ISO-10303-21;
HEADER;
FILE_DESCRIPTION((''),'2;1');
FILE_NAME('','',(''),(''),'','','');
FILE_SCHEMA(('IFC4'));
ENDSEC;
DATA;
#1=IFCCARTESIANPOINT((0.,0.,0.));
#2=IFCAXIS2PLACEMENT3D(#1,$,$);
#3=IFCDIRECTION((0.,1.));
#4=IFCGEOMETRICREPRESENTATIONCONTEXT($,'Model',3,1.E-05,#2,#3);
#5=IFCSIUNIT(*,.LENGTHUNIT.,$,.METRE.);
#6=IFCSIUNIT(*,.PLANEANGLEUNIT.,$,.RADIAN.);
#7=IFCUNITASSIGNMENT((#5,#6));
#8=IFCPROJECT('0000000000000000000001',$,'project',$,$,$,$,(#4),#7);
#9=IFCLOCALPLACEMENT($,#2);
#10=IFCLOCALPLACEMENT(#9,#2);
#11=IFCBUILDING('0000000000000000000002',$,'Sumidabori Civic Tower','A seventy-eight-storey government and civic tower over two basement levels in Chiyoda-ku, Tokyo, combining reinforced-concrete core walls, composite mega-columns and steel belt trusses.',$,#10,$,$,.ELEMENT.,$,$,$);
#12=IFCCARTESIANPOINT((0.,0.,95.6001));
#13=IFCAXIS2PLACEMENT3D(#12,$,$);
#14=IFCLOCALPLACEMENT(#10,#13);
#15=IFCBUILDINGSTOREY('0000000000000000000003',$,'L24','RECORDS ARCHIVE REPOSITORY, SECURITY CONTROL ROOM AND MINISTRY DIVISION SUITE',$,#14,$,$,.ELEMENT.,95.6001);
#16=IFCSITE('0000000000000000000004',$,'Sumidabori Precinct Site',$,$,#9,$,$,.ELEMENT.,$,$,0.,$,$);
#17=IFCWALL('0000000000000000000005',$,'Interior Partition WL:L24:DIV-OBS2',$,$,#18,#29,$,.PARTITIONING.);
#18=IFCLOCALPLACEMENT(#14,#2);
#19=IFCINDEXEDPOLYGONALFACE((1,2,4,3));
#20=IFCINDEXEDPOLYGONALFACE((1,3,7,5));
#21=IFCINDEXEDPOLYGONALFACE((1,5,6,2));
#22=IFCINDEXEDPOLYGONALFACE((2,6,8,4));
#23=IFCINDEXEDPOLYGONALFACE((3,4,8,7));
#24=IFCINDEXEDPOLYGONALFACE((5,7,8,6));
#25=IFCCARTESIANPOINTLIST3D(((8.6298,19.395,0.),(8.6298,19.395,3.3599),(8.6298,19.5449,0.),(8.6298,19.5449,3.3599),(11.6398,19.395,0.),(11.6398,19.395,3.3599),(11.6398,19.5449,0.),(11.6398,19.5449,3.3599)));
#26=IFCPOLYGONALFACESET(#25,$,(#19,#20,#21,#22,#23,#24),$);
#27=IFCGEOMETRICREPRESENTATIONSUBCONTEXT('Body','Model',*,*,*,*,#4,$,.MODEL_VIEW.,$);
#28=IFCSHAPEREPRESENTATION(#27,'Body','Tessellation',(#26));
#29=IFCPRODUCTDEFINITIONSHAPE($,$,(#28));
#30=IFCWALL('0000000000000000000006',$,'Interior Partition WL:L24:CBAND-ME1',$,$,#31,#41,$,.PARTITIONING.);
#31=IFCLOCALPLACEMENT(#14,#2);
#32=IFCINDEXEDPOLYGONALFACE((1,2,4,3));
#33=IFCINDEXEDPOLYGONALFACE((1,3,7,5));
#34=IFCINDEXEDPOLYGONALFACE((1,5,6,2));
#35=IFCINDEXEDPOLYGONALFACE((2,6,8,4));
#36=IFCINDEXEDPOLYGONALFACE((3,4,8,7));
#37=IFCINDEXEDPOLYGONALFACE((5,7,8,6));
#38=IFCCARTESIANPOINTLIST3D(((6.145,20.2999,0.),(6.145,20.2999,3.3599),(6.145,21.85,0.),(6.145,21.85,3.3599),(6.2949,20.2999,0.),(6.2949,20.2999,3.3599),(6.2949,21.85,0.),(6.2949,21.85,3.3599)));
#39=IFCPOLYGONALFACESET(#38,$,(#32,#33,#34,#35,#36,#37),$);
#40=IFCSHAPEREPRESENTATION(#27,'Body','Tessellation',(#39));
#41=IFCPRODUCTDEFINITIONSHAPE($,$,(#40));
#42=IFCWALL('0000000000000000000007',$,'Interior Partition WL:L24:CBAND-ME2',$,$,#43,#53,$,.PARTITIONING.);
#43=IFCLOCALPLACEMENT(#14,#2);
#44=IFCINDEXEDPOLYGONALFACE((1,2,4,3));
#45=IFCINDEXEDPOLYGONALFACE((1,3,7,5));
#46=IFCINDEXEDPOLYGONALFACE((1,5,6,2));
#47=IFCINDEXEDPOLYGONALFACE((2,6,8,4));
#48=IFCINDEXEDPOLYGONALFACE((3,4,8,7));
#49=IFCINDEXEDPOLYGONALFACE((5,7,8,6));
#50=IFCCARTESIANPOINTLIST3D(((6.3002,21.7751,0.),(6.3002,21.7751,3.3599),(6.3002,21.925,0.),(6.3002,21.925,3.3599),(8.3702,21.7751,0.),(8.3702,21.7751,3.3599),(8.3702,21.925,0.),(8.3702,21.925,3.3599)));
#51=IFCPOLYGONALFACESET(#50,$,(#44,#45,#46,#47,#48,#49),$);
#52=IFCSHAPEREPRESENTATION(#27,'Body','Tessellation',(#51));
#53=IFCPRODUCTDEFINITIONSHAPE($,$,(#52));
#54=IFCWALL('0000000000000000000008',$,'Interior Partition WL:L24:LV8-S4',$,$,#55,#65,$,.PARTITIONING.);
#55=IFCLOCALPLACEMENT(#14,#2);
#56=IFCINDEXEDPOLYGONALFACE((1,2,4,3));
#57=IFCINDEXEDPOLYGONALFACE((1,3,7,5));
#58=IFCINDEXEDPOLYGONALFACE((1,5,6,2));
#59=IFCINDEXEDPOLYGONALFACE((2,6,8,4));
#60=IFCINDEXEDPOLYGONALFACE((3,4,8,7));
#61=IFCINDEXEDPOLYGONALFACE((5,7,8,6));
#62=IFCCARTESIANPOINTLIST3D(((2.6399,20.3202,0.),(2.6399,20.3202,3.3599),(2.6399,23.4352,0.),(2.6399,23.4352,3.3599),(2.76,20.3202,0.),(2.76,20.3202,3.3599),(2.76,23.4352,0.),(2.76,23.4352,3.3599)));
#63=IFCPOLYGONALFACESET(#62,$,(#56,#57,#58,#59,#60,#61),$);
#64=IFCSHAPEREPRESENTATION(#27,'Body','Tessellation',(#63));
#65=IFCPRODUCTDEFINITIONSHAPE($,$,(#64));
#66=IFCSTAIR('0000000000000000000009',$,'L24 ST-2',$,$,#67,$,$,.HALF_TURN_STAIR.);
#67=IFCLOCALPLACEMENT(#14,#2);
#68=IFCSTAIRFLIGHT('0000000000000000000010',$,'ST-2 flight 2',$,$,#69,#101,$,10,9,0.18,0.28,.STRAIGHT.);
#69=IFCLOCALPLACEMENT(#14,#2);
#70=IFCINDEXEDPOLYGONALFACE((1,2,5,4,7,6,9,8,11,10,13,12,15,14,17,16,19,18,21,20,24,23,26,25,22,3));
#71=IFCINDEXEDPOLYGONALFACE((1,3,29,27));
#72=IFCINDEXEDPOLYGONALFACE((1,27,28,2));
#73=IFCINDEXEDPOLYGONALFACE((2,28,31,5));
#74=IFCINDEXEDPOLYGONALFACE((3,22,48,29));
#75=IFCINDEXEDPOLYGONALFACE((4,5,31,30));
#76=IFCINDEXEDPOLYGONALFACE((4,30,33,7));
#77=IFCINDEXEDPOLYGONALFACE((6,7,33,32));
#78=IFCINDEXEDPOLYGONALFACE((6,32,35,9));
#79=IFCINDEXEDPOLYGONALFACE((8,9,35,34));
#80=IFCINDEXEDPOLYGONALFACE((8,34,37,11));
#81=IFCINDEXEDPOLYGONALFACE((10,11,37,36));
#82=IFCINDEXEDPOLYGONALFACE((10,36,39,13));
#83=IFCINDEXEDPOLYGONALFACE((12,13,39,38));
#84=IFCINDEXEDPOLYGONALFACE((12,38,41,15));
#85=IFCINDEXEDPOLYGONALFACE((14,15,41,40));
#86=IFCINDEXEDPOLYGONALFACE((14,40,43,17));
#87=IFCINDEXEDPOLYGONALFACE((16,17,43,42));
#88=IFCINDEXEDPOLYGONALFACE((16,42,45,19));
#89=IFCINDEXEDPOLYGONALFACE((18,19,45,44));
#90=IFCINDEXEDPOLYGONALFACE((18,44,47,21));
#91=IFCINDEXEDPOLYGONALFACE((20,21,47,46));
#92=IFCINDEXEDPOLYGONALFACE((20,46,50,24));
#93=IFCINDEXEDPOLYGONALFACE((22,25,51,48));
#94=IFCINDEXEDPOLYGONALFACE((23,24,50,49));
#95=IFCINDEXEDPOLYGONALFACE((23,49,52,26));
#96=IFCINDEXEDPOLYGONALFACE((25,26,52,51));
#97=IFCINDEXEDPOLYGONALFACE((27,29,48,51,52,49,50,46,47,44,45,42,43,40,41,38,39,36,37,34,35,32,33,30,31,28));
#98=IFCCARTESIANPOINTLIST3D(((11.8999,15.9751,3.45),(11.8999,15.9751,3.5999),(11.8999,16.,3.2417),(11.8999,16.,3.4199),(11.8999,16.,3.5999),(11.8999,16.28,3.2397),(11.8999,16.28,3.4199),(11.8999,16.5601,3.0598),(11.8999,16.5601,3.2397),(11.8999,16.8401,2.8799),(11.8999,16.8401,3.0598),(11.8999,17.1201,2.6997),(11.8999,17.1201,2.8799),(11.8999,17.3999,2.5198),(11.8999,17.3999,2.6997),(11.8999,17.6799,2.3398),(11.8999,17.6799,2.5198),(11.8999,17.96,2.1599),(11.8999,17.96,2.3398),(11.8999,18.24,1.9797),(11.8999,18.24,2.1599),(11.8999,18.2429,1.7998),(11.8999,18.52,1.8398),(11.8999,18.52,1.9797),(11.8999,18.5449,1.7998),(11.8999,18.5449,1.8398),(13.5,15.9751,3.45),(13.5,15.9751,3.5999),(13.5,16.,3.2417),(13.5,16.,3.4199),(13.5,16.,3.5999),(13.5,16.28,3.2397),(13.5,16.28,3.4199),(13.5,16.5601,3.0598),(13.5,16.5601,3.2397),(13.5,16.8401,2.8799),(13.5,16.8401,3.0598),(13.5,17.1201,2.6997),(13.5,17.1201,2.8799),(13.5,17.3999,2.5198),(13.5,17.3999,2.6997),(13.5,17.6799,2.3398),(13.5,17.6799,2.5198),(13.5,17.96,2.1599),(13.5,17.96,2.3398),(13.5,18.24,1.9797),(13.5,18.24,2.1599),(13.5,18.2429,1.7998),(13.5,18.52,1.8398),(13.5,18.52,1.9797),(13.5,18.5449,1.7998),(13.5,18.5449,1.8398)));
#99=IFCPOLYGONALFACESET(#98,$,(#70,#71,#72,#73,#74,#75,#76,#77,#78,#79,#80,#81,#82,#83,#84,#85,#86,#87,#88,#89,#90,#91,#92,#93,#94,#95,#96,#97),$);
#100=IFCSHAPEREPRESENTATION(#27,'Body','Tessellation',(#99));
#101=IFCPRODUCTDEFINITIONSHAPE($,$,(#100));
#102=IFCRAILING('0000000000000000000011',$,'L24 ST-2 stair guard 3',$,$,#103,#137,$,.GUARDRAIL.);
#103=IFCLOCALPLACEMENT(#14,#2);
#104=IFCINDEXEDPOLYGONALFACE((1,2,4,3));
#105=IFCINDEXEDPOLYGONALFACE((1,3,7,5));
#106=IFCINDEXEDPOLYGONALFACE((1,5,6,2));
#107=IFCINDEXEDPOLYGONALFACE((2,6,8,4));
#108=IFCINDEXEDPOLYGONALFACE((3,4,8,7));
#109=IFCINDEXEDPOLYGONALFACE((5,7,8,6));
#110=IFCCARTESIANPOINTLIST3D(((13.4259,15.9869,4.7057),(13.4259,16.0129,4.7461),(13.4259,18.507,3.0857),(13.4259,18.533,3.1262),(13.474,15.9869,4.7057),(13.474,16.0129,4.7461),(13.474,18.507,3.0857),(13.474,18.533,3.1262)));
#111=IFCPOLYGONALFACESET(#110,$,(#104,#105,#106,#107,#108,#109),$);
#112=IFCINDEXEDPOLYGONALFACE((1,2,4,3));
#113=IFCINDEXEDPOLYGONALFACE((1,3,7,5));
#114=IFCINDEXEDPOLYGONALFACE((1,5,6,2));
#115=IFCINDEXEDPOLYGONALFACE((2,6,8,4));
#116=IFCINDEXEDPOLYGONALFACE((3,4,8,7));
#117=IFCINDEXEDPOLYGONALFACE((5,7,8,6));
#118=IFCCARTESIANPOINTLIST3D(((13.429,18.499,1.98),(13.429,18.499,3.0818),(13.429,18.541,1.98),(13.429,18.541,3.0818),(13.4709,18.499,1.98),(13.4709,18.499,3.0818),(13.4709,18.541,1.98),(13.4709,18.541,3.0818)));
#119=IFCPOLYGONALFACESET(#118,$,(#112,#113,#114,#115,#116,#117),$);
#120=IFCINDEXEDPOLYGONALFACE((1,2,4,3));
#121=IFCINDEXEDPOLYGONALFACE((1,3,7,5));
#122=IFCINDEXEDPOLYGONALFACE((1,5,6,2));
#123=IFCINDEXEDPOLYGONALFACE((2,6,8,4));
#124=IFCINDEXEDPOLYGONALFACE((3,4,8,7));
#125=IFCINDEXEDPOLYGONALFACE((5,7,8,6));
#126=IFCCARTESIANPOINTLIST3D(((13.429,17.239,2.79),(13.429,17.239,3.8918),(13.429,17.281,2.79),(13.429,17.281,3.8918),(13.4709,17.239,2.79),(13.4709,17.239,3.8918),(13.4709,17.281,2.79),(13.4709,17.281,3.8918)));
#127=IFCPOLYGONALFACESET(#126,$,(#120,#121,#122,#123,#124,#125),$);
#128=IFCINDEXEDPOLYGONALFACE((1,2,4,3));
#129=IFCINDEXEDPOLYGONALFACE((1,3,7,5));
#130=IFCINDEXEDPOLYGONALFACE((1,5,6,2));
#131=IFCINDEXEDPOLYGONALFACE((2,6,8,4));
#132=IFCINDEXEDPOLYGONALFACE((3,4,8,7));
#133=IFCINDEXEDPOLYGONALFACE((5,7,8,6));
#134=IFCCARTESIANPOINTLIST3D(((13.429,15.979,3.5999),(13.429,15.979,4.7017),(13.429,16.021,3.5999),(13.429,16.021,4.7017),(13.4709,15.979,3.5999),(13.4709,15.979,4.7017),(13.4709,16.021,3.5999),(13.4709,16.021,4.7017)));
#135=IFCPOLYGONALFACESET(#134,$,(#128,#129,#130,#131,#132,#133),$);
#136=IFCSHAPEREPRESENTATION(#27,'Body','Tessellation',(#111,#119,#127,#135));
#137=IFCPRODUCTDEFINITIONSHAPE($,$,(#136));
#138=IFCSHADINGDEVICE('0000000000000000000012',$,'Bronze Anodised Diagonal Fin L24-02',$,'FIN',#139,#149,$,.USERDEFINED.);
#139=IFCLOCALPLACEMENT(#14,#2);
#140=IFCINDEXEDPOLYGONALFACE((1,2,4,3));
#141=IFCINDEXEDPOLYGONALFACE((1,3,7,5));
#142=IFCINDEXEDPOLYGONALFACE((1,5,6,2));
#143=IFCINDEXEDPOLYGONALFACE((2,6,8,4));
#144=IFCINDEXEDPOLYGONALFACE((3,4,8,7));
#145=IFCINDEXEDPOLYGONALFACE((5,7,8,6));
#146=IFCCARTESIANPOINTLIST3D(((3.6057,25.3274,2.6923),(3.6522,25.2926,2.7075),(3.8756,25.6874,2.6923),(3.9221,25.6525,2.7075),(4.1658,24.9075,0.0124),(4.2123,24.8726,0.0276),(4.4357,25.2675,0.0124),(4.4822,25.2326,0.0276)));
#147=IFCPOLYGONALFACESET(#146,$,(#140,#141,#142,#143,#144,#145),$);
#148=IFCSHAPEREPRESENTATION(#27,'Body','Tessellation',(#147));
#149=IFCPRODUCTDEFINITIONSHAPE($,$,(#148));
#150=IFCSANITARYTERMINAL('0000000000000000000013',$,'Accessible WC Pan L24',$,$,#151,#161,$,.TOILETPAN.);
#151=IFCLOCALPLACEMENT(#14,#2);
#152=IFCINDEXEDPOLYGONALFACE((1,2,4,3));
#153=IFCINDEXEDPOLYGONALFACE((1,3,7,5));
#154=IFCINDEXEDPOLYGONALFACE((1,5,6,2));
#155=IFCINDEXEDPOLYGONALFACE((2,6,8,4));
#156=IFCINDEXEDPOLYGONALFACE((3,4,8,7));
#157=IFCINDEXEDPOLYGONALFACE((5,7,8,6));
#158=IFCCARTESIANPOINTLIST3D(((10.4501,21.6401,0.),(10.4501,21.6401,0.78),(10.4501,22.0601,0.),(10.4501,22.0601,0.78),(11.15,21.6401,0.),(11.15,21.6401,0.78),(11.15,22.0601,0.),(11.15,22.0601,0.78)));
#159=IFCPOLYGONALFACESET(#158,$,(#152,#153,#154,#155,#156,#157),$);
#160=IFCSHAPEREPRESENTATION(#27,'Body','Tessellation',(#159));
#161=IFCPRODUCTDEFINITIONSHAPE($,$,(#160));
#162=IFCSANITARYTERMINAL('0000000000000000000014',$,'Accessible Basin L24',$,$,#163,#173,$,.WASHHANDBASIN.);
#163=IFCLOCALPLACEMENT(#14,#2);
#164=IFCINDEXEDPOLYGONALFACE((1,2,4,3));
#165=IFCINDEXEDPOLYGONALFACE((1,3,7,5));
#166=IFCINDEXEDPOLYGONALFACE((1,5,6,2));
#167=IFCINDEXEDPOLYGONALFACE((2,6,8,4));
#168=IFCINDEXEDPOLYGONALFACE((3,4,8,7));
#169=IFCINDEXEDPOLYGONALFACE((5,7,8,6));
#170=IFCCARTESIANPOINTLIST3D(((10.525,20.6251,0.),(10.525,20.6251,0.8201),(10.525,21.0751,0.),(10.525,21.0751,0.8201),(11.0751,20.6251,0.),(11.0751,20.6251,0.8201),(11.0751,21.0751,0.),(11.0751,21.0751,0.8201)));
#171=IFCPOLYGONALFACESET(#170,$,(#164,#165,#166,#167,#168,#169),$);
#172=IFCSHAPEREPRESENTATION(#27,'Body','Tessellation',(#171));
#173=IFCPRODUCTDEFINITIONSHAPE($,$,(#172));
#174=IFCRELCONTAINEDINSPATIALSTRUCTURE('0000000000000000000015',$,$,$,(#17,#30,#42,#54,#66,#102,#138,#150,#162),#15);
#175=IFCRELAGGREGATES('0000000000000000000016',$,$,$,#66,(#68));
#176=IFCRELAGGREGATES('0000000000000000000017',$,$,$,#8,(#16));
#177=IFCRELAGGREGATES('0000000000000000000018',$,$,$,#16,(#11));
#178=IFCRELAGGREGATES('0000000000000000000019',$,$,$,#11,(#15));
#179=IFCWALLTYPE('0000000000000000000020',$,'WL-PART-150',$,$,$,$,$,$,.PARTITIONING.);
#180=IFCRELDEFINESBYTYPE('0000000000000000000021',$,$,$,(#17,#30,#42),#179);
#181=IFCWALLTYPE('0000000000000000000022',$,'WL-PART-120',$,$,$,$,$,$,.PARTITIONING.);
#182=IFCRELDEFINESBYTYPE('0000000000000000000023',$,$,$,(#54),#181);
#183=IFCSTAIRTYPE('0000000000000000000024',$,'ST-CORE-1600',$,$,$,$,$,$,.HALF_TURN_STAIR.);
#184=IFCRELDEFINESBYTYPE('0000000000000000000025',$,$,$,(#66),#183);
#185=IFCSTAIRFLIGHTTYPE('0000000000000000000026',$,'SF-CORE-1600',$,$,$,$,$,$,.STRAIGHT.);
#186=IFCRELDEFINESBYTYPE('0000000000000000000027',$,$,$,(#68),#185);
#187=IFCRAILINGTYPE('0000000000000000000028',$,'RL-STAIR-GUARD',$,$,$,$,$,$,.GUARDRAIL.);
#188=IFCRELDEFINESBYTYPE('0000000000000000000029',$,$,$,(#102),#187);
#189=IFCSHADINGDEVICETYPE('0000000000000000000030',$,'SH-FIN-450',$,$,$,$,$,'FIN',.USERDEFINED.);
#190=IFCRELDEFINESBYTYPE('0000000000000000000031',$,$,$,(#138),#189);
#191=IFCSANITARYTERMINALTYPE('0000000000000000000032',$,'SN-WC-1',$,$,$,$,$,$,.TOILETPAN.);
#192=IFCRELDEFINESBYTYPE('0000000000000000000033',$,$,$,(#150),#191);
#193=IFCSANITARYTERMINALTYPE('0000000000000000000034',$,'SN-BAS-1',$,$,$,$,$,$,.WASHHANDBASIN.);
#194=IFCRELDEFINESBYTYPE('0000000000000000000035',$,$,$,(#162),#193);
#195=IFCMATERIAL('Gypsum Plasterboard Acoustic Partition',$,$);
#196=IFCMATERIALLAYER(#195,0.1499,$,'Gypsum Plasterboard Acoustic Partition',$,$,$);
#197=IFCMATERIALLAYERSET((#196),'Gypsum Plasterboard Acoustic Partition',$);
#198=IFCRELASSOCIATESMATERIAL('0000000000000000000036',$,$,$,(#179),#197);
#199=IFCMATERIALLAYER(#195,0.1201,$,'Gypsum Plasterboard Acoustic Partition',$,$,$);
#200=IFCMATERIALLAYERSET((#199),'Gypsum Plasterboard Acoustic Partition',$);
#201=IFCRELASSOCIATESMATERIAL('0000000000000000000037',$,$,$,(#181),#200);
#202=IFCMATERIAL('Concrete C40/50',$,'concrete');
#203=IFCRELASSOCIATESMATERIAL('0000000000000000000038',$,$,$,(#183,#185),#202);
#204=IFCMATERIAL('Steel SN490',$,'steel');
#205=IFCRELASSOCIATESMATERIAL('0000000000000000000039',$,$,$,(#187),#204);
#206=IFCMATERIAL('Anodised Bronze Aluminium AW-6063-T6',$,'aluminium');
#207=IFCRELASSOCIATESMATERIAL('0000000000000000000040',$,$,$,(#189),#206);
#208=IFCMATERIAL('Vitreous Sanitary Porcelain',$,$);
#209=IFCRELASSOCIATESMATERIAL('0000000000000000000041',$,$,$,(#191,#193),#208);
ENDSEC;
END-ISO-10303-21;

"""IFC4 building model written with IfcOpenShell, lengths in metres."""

from ifc_helpers import new_model, si_unit, direction, frame, frame_2d, origin, origin_2d, place, context, subcontext, project, spatial, polyline, rectangle, outline, extrude, source, transform, mapped, material, layer, layer_set, material_profile, profile_set, type_object, element, aggregate, save


model = new_model("IFC4")

# Units and contexts
model_context = context("Model", 3, precision=1e-05, world=origin(), true_north=direction((0.0, 1.0)))
body_context = subcontext(model_context, "Body", "Model", "MODEL_VIEW")
ifc_project = project(units=[si_unit("LENGTHUNIT", "METRE"), si_unit("PLANEANGLEUNIT", "RADIAN")], contexts=[model_context])

# Site, building, storey
site_placement = place(None, origin())
site = spatial("IfcSite", under=ifc_project, at=site_placement, Name="Sumidabori Precinct Site", CompositionType="ELEMENT", RefElevation=0.0)
building_placement = place(site_placement, origin())
building = spatial("IfcBuilding", under=site, at=building_placement, Name="Sumidabori Civic Tower", Description="A seventy-eight-storey government and civic tower over two basement levels in Chiyoda-ku, Tokyo, combining reinforced-concrete core walls, composite mega-columns and steel belt trusses.", CompositionType="ELEMENT")
storey_placement = place(building_placement, frame((0.0, 0.0, 95.6001)))
storey = spatial("IfcBuildingStorey", under=building, at=storey_placement, Name="L24", Description="RECORDS ARCHIVE REPOSITORY, SECURITY CONTROL ROOM AND MINISTRY DIVISION SUITE", CompositionType="ELEMENT", Elevation=95.6001)

# Shared definitions
ifc_material_1 = material(Name="Steel SN490", Category="steel")

# Shared definitions
ifc_material_2 = material(Name="Anodised Bronze Aluminium AW-6063-T6", Category="aluminium")

# Walls
ifc_material_3 = material(Name="Gypsum Plasterboard Acoustic Partition")
ifc_layer_1 = layer(ifc_material_3, 0.1499, Name="Gypsum Plasterboard Acoustic Partition")
ifc_layer_set_1 = layer_set([ifc_layer_1], Name="Gypsum Plasterboard Acoustic Partition")
wall_type_1 = type_object("IfcWallType", Name="WL-PART-150", PredefinedType="PARTITIONING", material=ifc_layer_set_1)
shared_shape_1 = source(origin(), body_context, "Body", "SweptSolid", [
    extrude(rectangle(XDim=3.01, YDim=0.1499, at=frame_2d((1.5049, 0.0))), origin(), (0.0, 0.0, 1.0), 3.3599),
])
wall_1_placement = place(storey_placement, frame((8.6299, 19.47, 0.0), z_axis=(0.0, 0.0, 1.0), x_axis=(1.0, 0.0, 0.0)))
element("IfcWall", 1, at=wall_1_placement, inside=storey, type_object=wall_type_1, Name="Interior Partition WL:L24:DIV-OBS2", PredefinedType="PARTITIONING", context=body_context, shape_type="MappedRepresentation", body=[
    mapped(shared_shape_1, transform((0.0, 0.0, 0.0), x_axis=(1.0, 0.0, 0.0), y_axis=(0.0, 1.0, 0.0), z_axis=(0.0, 0.0, 1.0), scale=1.0)),
])
shared_shape_2 = source(origin(), body_context, "Body", "SweptSolid", [
    extrude(rectangle(XDim=1.55, YDim=0.1499, at=frame_2d((0.7749, 0.0))), origin(), (0.0, 0.0, 1.0), 3.3599),
])
wall_2_placement = place(storey_placement, frame((6.22, 20.3, 0.0), z_axis=(0.0, 0.0, 1.0), x_axis=(0.0, 1.0, 0.0)))
element("IfcWall", 2, at=wall_2_placement, inside=storey, type_object=wall_type_1, Name="Interior Partition WL:L24:CBAND-ME1", PredefinedType="PARTITIONING", context=body_context, shape_type="MappedRepresentation", body=[
    mapped(shared_shape_2, transform((0.0, 0.0, 0.0), x_axis=(1.0, 0.0, 0.0), y_axis=(0.0, 1.0, 0.0), z_axis=(0.0, 0.0, 1.0), scale=1.0)),
])
shared_shape_3 = source(origin(), body_context, "Body", "SweptSolid", [
    extrude(rectangle(XDim=2.0701, YDim=0.1499, at=frame_2d((1.0352, 0.0))), origin(), (0.0, 0.0, 1.0), 3.3599),
])
wall_3_placement = place(storey_placement, frame((6.3, 21.8501, 0.0), z_axis=(0.0, 0.0, 1.0), x_axis=(1.0, 0.0, 0.0)))
element("IfcWall", 3, at=wall_3_placement, inside=storey, type_object=wall_type_1, Name="Interior Partition WL:L24:CBAND-ME2", PredefinedType="PARTITIONING", context=body_context, shape_type="MappedRepresentation", body=[
    mapped(shared_shape_3, transform((0.0, 0.0, 0.0), x_axis=(1.0, 0.0, 0.0), y_axis=(0.0, 1.0, 0.0), z_axis=(0.0, 0.0, 1.0), scale=1.0)),
])
ifc_layer_2 = layer(ifc_material_3, 0.1201, Name="Gypsum Plasterboard Acoustic Partition")
ifc_layer_set_2 = layer_set([ifc_layer_2], Name="Gypsum Plasterboard Acoustic Partition")
wall_type_2 = type_object("IfcWallType", Name="WL-PART-120", PredefinedType="PARTITIONING", material=ifc_layer_set_2)
shared_shape_4 = source(origin(), body_context, "Body", "SweptSolid", [
    extrude(rectangle(XDim=3.115, YDim=0.1201, at=frame_2d((1.5576, 0.0))), origin(), (0.0, 0.0, 1.0), 3.3599),
])
wall_4_placement = place(storey_placement, frame((2.7, 20.3201, 0.0), z_axis=(0.0, 0.0, 1.0), x_axis=(0.0, 1.0, 0.0)))
element("IfcWall", 4, at=wall_4_placement, inside=storey, type_object=wall_type_2, Name="Interior Partition WL:L24:LV8-S4", PredefinedType="PARTITIONING", context=body_context, shape_type="MappedRepresentation", body=[
    mapped(shared_shape_4, transform((0.0, 0.0, 0.0), x_axis=(1.0, 0.0, 0.0), y_axis=(0.0, 1.0, 0.0), z_axis=(0.0, 0.0, 1.0), scale=1.0)),
])

# Stair, stair flight
ifc_material_4 = material(Name="Concrete C40/50", Category="concrete")
stair_type = type_object("IfcStairType", Name="ST-CORE-1600", PredefinedType="HALF_TURN_STAIR", material=ifc_material_4)
stair_placement = place(storey_placement, origin())
stair = element("IfcStair", 5, at=stair_placement, inside=storey, type_object=stair_type, Name="L24 ST-2", PredefinedType="HALF_TURN_STAIR")
stair_flight_type = type_object("IfcStairFlightType", Name="SF-CORE-1600", PredefinedType="STRAIGHT", material=ifc_material_4)
shared_shape_5 = source(origin(), body_context, "Body", "SweptSolid", [
    extrude(outline(polyline([(-0.0249, 0.0), (-0.0249, 0.04), (0.0, 0.04), (0.0, 0.1799), (0.28, 0.1799), (0.28, 0.3601), (0.5601, 0.3601), (0.5601, 0.54), (0.8401, 0.54), (0.8401, 0.72), (1.1201, 0.72), (1.1201, 0.8999), (1.3999, 0.8999), (1.3999, 1.0801), (1.6799, 1.0801), (1.6799, 1.26), (1.96, 1.26), (1.96, 1.4399), (2.24, 1.4399), (2.24, 1.6201), (2.52, 1.6201), (2.52, 1.8), (2.5449, 1.8), (2.5449, 1.6501), (2.52, 1.4419), (0.2771, 0.0), (-0.0249, 0.0)])), frame((0.0, 0.8, 0.0), z_axis=(0.0, -1.0, 0.0), x_axis=(1.0, 0.0, 0.0)), (0.0, 0.0, 1.0), 1.6001),
])
stair_flight_placement = place(storey_placement, frame((12.7, 18.52, 1.7998), z_axis=(0.0, 0.0, 1.0), x_axis=(0.0, -1.0, 0.0)))
stair_flight = element("IfcStairFlight", 6, at=stair_flight_placement, type_object=stair_flight_type, Name="ST-2 flight 2", NumberOfRisers=10, NumberOfTreads=9, PredefinedType="STRAIGHT", RiserHeight=0.18, TreadLength=0.28, context=body_context, shape_type="MappedRepresentation", body=[
    mapped(shared_shape_5, transform((0.0, 0.0, 0.0), x_axis=(1.0, 0.0, 0.0), y_axis=(0.0, 1.0, 0.0), z_axis=(0.0, 0.0, 1.0), scale=1.0)),
])
aggregate(stair, [stair_flight])

# Railing
railing_type = type_object("IfcRailingType", Name="RL-STAIR-GUARD", PredefinedType="GUARDRAIL", material=ifc_material_1)
railing_placement = place(storey_placement, frame((13.45, 18.52, 1.98)))
element("IfcRailing", 7, at=railing_placement, inside=storey, type_object=railing_type, Name="L24 ST-2 stair guard 3", PredefinedType="GUARDRAIL", context=body_context, shape_type="SweptSolid", body=[
    extrude(rectangle(XDim=0.0481, YDim=0.0481, at=origin_2d()), frame((0.0, 0.0, 1.126), z_axis=(0.0, -0.8412, 0.540725), x_axis=(1.0, 0.0, 0.0)), (0.0, 0.0, 1.0), 2.9958),
    extrude(rectangle(XDim=0.042, YDim=0.042, at=origin_2d()), origin(), (0.0, 0.0, 1.0), 1.1018),
    extrude(rectangle(XDim=0.042, YDim=0.042, at=origin_2d()), frame((0.0, -1.26, 0.8101)), (0.0, 0.0, 1.0), 1.1018),
    extrude(rectangle(XDim=0.042, YDim=0.042, at=origin_2d()), frame((0.0, -2.52, 1.6199)), (0.0, 0.0, 1.0), 1.1018),
])

# Shading device
ifc_material_profile_1 = material_profile(ifc_material_2, rectangle(XDim=0.0601, YDim=0.45, at=origin_2d()), Name="BRONZE FIN 450x60")
ifc_profile_set_1 = profile_set([ifc_material_profile_1], Name="Anodised Bronze Aluminium AW-6063-T6")
shading_device_type = type_object("IfcShadingDeviceType", Name="SH-FIN-450", ElementType="FIN", PredefinedType="USERDEFINED", material=ifc_profile_set_1)
shared_shape_6 = source(origin(), body_context, "Body", "SweptSolid", [
    extrude(rectangle(XDim=0.0601, YDim=0.45, at=origin_2d()), origin(), (0.0, 0.0, 1.0), 2.7698),
])
shading_device_placement = place(storey_placement, frame((4.324, 25.0701, 0.02), z_axis=(-0.202199, 0.151605, 0.967539), x_axis=(0.774112, -0.580415, 0.252722)))
element("IfcShadingDevice", 8, at=shading_device_placement, inside=storey, type_object=shading_device_type, Name="Bronze Anodised Diagonal Fin L24-02", ObjectType="FIN", PredefinedType="USERDEFINED", context=body_context, shape_type="MappedRepresentation", body=[
    mapped(shared_shape_6, transform((0.0, 0.0, 0.0), x_axis=(1.0, 0.0, 0.0), y_axis=(0.0, 1.0, 0.0), z_axis=(0.0, 0.0, 1.0), scale=1.0)),
])

# Sanitary terminals
ifc_material_5 = material(Name="Vitreous Sanitary Porcelain")
sanitary_terminal_type_1 = type_object("IfcSanitaryTerminalType", Name="SN-WC-1", PredefinedType="TOILETPAN", material=ifc_material_5)
shared_shape_7 = source(origin(), body_context, "Body", "SweptSolid", [
    extrude(rectangle(XDim=0.7, YDim=0.4199, at=origin_2d()), origin(), (0.0, 0.0, 1.0), 0.78),
])
sanitary_terminal_1_placement = place(storey_placement, frame((10.8, 21.8501, 0.0), z_axis=(0.0, 0.0, 1.0), x_axis=(1.0, 0.0, 0.0)))
element("IfcSanitaryTerminal", 9, at=sanitary_terminal_1_placement, inside=storey, type_object=sanitary_terminal_type_1, Name="Accessible WC Pan L24", PredefinedType="TOILETPAN", context=body_context, shape_type="MappedRepresentation", body=[
    mapped(shared_shape_7, transform((0.0, 0.0, 0.0), x_axis=(1.0, 0.0, 0.0), y_axis=(0.0, 1.0, 0.0), z_axis=(0.0, 0.0, 1.0), scale=1.0)),
])
sanitary_terminal_type_2 = type_object("IfcSanitaryTerminalType", Name="SN-BAS-1", PredefinedType="WASHHANDBASIN", material=ifc_material_5)
shared_shape_8 = source(origin(), body_context, "Body", "SweptSolid", [
    extrude(rectangle(XDim=0.55, YDim=0.45, at=origin_2d()), origin(), (0.0, 0.0, 1.0), 0.8201),
])
sanitary_terminal_2_placement = place(storey_placement, frame((10.8, 20.8501, 0.0), z_axis=(0.0, 0.0, 1.0), x_axis=(1.0, 0.0, 0.0)))
element("IfcSanitaryTerminal", 10, at=sanitary_terminal_2_placement, inside=storey, type_object=sanitary_terminal_type_2, Name="Accessible Basin L24", PredefinedType="WASHHANDBASIN", context=body_context, shape_type="MappedRepresentation", body=[
    mapped(shared_shape_8, transform((0.0, 0.0, 0.0), x_axis=(1.0, 0.0, 0.0), y_axis=(0.0, 1.0, 0.0), z_axis=(0.0, 0.0, 1.0), scale=1.0)),
])

save(model, "model.ifc")
